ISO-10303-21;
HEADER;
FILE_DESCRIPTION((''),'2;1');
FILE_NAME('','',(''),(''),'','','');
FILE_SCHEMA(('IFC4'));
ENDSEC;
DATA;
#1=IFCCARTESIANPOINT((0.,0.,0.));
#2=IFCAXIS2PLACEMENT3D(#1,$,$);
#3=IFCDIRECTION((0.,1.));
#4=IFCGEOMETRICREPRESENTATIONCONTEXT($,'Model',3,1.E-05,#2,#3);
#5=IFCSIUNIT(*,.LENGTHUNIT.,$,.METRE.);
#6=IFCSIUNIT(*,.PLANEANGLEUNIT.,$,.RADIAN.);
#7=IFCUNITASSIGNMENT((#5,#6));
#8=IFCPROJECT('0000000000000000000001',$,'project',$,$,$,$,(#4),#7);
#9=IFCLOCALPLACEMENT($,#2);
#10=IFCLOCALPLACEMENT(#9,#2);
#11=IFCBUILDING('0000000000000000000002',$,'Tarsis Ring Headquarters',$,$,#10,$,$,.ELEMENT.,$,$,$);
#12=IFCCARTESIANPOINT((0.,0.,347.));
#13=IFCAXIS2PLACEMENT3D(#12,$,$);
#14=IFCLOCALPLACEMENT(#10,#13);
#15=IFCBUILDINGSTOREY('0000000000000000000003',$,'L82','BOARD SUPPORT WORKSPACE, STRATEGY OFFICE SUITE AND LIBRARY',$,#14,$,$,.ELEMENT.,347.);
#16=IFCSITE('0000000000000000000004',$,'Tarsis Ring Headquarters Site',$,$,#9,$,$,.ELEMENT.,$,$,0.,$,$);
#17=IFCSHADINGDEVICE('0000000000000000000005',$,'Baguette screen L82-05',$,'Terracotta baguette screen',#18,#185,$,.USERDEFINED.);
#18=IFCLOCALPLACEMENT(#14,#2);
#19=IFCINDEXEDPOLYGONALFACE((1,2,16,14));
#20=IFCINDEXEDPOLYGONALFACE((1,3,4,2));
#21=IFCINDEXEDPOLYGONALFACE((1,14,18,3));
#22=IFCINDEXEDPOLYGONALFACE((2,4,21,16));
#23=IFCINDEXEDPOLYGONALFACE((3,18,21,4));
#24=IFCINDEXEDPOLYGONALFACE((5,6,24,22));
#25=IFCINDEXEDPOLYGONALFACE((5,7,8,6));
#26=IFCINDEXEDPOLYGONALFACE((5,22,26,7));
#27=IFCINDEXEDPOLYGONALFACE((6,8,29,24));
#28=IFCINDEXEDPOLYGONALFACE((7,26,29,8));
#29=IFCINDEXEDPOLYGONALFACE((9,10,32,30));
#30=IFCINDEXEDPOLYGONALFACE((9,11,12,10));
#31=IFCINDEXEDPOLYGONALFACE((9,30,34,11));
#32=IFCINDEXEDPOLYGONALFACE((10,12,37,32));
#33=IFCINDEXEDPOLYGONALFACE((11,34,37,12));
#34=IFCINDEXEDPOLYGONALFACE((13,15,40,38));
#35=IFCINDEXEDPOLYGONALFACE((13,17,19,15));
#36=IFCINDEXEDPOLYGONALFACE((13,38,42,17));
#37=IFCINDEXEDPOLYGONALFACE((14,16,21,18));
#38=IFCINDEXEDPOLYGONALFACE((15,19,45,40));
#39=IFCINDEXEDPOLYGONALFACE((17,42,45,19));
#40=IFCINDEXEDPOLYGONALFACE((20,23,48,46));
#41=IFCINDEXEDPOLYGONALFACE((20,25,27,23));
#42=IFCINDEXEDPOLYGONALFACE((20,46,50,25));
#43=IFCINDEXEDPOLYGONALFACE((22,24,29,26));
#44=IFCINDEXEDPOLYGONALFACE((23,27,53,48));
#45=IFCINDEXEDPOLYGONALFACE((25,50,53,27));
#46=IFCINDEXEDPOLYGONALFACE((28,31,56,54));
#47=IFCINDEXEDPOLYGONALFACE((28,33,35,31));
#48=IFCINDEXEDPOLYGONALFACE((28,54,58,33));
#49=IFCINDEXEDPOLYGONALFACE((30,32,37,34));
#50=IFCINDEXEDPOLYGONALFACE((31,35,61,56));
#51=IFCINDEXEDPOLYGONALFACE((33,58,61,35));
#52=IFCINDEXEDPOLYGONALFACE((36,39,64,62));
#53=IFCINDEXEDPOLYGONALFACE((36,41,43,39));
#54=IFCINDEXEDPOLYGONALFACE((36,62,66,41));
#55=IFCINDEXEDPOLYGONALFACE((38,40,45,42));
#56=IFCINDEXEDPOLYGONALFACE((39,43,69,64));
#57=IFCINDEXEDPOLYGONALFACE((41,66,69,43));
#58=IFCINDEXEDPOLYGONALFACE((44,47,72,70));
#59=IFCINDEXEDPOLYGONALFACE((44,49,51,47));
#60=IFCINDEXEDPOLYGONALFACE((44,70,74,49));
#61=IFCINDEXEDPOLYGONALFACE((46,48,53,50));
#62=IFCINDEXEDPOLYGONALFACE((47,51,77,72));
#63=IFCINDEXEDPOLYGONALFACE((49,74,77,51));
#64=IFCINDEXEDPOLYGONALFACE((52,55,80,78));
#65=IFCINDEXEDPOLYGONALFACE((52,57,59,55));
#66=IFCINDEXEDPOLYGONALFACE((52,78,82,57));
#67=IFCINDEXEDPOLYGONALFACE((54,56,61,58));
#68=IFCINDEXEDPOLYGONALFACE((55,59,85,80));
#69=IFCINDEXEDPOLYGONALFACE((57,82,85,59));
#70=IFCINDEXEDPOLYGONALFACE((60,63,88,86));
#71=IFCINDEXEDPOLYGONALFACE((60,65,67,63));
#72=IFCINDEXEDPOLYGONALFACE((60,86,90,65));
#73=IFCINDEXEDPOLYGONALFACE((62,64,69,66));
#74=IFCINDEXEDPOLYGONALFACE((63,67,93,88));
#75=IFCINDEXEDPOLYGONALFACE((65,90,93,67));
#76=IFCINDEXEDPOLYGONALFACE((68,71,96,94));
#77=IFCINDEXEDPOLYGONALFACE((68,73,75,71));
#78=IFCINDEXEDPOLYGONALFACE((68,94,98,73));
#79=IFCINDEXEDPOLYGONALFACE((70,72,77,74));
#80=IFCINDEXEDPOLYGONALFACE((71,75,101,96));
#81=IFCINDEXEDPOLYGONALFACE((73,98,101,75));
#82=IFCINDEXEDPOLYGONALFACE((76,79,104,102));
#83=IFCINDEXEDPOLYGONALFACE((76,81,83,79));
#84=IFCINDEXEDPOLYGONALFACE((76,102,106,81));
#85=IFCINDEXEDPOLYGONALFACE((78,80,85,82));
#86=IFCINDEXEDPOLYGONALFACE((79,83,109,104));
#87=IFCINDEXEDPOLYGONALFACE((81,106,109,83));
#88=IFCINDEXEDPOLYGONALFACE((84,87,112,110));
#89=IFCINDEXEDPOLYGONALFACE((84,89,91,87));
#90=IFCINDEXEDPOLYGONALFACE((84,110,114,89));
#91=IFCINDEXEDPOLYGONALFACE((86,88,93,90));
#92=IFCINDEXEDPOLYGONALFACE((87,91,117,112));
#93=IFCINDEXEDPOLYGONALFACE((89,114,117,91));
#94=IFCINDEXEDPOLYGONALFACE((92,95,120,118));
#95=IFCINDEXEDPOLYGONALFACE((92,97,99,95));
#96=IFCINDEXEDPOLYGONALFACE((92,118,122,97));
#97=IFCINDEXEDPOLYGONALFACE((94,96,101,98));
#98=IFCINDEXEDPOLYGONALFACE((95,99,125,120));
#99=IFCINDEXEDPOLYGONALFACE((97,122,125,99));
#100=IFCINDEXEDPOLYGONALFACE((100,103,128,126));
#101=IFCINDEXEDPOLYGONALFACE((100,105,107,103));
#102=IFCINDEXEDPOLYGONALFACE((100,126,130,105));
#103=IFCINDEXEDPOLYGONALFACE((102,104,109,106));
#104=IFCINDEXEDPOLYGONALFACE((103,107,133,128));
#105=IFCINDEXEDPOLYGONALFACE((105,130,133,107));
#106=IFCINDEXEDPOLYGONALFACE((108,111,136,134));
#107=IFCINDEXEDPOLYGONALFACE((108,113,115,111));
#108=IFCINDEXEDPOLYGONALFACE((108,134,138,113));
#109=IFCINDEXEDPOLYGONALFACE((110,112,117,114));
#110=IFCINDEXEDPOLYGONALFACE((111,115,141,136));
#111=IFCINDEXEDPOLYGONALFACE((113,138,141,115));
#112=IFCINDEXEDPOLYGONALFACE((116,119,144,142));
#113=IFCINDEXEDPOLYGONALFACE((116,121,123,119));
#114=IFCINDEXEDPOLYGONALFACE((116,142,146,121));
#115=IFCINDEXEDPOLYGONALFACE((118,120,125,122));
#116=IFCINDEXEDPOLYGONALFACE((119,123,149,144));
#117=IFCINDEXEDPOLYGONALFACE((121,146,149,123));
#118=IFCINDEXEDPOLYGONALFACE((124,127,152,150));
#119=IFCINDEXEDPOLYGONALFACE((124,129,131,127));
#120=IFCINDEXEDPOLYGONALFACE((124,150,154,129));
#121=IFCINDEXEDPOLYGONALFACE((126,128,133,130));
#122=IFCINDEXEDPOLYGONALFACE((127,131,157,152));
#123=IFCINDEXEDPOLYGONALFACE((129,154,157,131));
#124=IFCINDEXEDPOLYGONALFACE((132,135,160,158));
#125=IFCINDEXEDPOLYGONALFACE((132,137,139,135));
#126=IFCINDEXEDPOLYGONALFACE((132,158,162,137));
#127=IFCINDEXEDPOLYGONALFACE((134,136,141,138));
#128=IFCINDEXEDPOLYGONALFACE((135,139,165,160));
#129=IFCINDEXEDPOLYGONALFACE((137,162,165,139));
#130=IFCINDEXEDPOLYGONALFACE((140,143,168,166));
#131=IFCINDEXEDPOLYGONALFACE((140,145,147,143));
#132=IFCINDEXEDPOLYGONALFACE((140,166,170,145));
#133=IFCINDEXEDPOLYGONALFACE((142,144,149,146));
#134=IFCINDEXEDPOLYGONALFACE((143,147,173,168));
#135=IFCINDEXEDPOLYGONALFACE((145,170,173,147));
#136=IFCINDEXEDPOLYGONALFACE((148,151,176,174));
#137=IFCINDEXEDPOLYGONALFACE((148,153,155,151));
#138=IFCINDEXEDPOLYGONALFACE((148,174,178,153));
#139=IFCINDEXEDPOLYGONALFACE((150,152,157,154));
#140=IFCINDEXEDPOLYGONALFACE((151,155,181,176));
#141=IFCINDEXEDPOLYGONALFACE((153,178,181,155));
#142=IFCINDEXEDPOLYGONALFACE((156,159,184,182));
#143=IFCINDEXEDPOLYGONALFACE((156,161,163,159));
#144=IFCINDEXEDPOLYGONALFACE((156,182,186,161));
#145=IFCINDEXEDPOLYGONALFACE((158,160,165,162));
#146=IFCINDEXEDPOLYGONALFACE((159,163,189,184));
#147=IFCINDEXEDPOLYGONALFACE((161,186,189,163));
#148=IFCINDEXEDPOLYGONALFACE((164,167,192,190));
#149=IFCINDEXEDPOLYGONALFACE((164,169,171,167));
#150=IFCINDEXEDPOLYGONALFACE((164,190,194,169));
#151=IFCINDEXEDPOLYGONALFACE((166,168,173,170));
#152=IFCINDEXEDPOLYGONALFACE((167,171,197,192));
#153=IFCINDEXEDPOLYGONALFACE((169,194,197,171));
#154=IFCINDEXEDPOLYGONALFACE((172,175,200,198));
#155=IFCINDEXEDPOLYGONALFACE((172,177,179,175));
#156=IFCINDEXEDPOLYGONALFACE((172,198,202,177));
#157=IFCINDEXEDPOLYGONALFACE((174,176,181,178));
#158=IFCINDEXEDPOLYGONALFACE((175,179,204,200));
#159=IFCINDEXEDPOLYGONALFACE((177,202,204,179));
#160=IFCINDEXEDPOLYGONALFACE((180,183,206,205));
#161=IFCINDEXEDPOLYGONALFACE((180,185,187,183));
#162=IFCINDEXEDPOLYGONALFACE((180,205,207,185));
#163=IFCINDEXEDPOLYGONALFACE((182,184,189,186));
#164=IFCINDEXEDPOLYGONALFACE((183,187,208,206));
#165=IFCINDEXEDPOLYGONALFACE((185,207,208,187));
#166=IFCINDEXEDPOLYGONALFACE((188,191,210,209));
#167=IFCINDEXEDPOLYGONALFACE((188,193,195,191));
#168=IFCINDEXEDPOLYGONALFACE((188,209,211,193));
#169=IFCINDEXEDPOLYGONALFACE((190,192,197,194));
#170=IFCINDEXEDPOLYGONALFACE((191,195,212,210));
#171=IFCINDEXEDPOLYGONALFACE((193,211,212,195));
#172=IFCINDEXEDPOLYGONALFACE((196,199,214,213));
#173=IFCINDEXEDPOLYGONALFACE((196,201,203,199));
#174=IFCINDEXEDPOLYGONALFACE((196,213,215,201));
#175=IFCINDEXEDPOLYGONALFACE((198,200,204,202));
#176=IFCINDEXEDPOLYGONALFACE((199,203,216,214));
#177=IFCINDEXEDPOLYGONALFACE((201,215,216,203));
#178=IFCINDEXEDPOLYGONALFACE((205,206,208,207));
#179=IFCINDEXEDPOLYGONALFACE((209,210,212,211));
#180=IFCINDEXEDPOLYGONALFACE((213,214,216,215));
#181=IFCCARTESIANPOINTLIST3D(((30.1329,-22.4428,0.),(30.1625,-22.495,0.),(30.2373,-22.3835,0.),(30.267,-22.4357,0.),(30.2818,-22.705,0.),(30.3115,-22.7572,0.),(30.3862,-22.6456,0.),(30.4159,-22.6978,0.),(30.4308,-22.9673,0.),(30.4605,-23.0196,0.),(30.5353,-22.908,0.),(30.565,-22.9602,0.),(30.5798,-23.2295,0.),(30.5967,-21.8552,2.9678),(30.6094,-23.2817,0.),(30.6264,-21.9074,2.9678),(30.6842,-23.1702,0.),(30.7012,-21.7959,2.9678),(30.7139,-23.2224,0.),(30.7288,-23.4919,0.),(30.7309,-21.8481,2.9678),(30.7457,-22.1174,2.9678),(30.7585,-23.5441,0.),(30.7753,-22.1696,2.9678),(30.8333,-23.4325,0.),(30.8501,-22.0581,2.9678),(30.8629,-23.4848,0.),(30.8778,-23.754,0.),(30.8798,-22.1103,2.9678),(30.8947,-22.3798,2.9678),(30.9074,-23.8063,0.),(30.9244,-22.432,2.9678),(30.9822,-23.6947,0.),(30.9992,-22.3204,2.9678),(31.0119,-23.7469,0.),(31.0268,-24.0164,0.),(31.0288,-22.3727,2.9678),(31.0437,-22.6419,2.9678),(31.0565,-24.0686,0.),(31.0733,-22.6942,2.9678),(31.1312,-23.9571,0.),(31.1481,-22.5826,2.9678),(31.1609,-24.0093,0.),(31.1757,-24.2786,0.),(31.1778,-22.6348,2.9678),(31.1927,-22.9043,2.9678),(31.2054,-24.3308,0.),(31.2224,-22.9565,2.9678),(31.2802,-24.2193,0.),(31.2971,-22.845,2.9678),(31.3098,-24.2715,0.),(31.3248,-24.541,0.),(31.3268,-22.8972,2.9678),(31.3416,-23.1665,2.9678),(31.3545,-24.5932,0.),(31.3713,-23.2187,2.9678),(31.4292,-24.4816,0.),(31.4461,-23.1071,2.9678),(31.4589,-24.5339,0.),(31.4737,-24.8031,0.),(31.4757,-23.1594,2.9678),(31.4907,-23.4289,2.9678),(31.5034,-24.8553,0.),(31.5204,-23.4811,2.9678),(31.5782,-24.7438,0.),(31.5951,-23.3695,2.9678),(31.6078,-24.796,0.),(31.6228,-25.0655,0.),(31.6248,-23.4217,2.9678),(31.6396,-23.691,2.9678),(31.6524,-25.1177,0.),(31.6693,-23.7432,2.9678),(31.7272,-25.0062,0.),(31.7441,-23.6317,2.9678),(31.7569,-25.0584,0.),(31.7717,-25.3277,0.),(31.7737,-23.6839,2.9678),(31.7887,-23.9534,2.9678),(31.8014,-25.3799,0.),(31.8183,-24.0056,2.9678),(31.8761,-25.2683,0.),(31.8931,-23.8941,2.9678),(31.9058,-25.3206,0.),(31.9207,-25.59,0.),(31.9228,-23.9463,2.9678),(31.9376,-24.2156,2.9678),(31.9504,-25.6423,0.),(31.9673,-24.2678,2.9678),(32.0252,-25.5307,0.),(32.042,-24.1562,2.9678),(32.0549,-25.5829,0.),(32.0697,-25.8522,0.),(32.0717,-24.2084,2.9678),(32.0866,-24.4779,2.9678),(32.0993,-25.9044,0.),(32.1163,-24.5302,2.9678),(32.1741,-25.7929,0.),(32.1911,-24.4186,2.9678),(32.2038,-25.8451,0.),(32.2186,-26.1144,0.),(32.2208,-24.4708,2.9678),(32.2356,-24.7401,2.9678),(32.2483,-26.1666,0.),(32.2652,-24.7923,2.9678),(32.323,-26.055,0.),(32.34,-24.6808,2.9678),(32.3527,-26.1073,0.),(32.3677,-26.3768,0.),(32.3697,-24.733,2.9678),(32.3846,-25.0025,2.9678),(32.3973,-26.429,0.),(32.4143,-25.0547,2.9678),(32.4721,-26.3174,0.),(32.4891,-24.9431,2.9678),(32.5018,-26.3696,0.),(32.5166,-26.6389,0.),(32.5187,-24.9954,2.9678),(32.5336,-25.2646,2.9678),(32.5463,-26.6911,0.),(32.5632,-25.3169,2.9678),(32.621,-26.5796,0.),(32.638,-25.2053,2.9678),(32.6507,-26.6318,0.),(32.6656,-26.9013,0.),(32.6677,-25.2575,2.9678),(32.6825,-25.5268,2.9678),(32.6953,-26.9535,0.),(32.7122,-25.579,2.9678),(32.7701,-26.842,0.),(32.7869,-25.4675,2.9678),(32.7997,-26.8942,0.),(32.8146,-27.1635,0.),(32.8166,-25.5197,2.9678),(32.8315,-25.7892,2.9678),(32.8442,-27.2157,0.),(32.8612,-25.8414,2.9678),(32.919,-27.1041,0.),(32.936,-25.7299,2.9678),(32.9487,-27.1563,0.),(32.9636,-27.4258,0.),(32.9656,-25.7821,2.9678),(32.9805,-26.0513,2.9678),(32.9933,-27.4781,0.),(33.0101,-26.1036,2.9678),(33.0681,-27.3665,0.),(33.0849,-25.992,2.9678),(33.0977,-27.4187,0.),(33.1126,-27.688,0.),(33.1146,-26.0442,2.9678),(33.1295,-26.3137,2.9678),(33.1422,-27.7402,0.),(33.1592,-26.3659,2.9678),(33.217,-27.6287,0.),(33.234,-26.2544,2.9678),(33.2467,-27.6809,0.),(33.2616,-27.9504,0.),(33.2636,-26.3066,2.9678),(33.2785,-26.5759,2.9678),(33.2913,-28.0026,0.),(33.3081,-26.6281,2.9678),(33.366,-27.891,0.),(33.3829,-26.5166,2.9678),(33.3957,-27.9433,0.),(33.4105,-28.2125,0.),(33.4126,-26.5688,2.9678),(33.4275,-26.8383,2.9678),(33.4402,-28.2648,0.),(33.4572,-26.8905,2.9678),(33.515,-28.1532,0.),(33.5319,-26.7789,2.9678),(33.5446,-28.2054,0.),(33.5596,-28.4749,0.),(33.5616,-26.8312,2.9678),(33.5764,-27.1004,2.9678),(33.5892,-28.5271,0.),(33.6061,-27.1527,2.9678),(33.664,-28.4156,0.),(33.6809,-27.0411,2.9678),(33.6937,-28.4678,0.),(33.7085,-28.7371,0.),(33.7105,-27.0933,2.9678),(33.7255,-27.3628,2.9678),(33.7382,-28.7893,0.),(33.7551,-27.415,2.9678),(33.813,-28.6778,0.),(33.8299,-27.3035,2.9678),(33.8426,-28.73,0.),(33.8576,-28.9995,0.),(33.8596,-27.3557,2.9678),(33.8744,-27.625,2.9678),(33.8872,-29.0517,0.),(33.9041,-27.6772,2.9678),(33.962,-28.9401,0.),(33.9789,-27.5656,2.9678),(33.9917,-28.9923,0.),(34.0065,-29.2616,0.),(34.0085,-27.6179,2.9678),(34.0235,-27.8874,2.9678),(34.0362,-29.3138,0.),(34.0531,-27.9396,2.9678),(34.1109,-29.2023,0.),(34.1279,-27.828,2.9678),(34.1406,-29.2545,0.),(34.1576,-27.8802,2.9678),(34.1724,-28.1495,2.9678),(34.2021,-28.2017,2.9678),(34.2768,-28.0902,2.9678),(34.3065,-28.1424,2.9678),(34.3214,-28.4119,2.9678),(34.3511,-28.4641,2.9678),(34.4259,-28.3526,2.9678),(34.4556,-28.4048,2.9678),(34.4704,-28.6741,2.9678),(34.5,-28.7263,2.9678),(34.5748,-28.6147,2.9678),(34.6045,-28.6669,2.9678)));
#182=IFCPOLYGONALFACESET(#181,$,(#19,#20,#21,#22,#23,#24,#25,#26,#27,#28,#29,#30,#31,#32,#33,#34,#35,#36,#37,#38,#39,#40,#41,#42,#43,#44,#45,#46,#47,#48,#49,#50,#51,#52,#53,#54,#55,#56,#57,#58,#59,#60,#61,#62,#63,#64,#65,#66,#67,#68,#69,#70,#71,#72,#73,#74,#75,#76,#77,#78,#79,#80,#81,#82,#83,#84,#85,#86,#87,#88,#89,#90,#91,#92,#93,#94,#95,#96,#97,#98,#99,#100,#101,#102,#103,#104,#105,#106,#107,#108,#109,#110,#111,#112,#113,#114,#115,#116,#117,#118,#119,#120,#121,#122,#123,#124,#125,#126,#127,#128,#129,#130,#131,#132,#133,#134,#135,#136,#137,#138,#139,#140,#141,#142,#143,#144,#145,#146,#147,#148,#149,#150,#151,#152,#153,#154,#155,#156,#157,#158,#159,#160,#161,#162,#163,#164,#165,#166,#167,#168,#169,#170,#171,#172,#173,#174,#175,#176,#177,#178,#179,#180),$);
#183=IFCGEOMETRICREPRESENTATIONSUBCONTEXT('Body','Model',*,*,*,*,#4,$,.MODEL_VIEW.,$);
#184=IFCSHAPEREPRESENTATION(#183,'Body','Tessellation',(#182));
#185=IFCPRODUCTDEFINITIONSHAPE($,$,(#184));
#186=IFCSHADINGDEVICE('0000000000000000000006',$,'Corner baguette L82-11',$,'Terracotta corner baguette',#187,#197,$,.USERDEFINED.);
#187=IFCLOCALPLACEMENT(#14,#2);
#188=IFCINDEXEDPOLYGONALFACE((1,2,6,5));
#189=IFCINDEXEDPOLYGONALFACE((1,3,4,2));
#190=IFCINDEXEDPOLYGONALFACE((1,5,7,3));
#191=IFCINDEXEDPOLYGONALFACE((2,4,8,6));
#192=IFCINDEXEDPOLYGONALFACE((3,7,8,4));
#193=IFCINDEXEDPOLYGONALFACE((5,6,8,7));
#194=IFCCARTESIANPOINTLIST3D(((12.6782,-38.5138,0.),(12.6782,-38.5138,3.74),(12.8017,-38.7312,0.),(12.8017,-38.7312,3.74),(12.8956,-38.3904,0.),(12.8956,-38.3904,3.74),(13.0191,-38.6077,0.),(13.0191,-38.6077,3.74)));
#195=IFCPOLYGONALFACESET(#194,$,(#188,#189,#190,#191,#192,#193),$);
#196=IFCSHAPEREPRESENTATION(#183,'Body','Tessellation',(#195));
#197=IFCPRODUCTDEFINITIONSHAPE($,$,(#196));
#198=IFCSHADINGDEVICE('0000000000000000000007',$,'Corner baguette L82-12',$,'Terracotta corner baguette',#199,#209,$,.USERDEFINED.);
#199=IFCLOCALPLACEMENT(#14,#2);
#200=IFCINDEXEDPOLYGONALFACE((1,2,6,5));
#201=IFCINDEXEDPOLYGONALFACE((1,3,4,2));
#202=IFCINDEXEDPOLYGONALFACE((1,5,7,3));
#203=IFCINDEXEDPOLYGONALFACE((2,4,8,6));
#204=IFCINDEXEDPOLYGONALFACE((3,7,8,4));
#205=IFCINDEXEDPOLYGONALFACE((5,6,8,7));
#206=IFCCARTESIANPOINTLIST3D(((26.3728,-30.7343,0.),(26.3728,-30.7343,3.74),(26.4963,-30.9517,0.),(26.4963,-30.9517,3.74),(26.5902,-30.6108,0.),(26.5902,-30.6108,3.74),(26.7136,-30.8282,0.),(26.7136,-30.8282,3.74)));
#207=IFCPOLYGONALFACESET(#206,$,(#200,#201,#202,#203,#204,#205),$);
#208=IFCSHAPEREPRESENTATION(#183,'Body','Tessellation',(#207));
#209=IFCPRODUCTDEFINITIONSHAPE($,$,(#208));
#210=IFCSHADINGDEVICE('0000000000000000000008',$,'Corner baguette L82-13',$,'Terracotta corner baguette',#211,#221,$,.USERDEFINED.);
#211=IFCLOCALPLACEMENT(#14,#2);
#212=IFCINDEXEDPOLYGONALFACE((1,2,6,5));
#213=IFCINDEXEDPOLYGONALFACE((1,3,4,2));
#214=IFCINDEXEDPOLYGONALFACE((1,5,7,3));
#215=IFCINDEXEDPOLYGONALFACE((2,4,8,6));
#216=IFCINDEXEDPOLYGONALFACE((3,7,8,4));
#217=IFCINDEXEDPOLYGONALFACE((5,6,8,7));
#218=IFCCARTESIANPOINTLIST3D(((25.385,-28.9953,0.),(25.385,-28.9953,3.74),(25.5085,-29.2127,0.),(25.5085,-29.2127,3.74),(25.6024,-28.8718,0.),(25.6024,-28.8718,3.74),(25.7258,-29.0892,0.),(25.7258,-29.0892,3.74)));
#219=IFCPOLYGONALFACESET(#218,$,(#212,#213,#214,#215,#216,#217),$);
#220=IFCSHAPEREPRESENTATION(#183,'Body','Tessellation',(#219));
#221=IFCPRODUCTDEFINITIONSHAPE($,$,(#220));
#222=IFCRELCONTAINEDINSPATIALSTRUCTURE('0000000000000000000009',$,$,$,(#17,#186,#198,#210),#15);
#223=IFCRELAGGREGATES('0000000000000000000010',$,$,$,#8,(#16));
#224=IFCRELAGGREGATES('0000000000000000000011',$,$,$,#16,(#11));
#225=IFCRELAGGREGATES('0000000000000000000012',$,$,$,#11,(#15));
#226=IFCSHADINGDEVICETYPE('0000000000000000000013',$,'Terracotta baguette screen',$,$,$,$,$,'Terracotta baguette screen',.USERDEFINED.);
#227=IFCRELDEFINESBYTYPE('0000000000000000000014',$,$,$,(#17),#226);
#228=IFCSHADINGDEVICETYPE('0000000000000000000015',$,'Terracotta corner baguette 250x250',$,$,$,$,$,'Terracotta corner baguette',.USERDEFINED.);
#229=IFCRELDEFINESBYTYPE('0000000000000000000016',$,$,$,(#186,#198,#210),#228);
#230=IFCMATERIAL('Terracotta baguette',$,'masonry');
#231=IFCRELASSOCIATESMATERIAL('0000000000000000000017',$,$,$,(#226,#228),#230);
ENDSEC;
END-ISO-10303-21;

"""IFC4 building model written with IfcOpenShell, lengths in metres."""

from ifc_helpers import new_model, si_unit, direction, frame, frame_2d, origin, origin_2d, place, context, subcontext, project, spatial, rectangle, composite_profile, extrude, material, type_object, element, save


model = new_model("IFC4")

# Units and contexts
model_context = context("Model", 3, precision=1e-05, world=origin(), true_north=direction((0.0, 1.0)))
body_context = subcontext(model_context, "Body", "Model", "MODEL_VIEW")
ifc_project = project(units=[si_unit("LENGTHUNIT", "METRE"), si_unit("PLANEANGLEUNIT", "RADIAN")], contexts=[model_context])

# Site, building, storey
site_placement = place(None, origin())
site = spatial("IfcSite", under=ifc_project, at=site_placement, Name="Tarsis Ring Headquarters Site", CompositionType="ELEMENT", RefElevation=0.0)
building_placement = place(site_placement, origin())
building = spatial("IfcBuilding", under=site, at=building_placement, Name="Tarsis Ring Headquarters", CompositionType="ELEMENT")
storey_placement = place(building_placement, frame((0.0, 0.0, 347.0)))
storey = spatial("IfcBuildingStorey", under=building, at=storey_placement, Name="L82", Description="BOARD SUPPORT WORKSPACE, STRATEGY OFFICE SUITE AND LIBRARY", CompositionType="ELEMENT", Elevation=347.0)

# Shading devices
ifc_material_1 = material(Name="Terracotta baguette", Category="masonry")
shading_device_type_1 = type_object("IfcShadingDeviceType", Name="Terracotta baguette screen", ElementType="Terracotta baguette screen", PredefinedType="USERDEFINED", material=ifc_material_1)
shading_device_1_placement = place(storey_placement, frame((34.0884, -29.2842, 0.0), z_axis=(0.0, 0.0, 1.0), x_axis=(-0.493945, 0.869501, 0.0)))
element("IfcShadingDevice", 1, at=shading_device_1_placement, inside=storey, type_object=shading_device_type_1, Name="Baguette screen L82-05", ObjectType="Terracotta baguette screen", PredefinedType="USERDEFINED", context=body_context, shape_type="SweptSolid", body=[
    extrude(composite_profile([rectangle(XDim=0.0601, YDim=0.1201, at=frame_2d((0.03, 0.0))), rectangle(XDim=0.0601, YDim=0.1201, at=frame_2d((0.3315, 0.0))), rectangle(XDim=0.0601, YDim=0.1201, at=frame_2d((0.6333, 0.0))), rectangle(XDim=0.0601, YDim=0.1201, at=frame_2d((0.9348, 0.0))), rectangle(XDim=0.0601, YDim=0.1201, at=frame_2d((1.2366, 0.0))), rectangle(XDim=0.0601, YDim=0.1201, at=frame_2d((1.5381, 0.0))), rectangle(XDim=0.0601, YDim=0.1201, at=frame_2d((1.8398, 0.0))), rectangle(XDim=0.0601, YDim=0.1201, at=frame_2d((2.1414, 0.0))), rectangle(XDim=0.0601, YDim=0.1201, at=frame_2d((2.4431, 0.0))), rectangle(XDim=0.0601, YDim=0.1201, at=frame_2d((2.7446, 0.0))), rectangle(XDim=0.0601, YDim=0.1201, at=frame_2d((3.0464, 0.0))), rectangle(XDim=0.0601, YDim=0.1201, at=frame_2d((3.3479, 0.0))), rectangle(XDim=0.0601, YDim=0.1201, at=frame_2d((3.6497, 0.0))), rectangle(XDim=0.0601, YDim=0.1201, at=frame_2d((3.9512, 0.0))), rectangle(XDim=0.0601, YDim=0.1201, at=frame_2d((4.2527, 0.0))), rectangle(XDim=0.0601, YDim=0.1201, at=frame_2d((4.5544, 0.0))), rectangle(XDim=0.0601, YDim=0.1201, at=frame_2d((4.856, 0.0))), rectangle(XDim=0.0601, YDim=0.1201, at=frame_2d((5.1577, 0.0))), rectangle(XDim=0.0601, YDim=0.1201, at=frame_2d((5.4592, 0.0))), rectangle(XDim=0.0601, YDim=0.1201, at=frame_2d((5.761, 0.0))), rectangle(XDim=0.0601, YDim=0.1201, at=frame_2d((6.0625, 0.0))), rectangle(XDim=0.0601, YDim=0.1201, at=frame_2d((6.3643, 0.0))), rectangle(XDim=0.0601, YDim=0.1201, at=frame_2d((6.6658, 0.0))), rectangle(XDim=0.0601, YDim=0.1201, at=frame_2d((6.9675, 0.0))), rectangle(XDim=0.0601, YDim=0.1201, at=frame_2d((7.269, 0.0))), rectangle(XDim=0.0601, YDim=0.1201, at=frame_2d((7.5708, 0.0))), rectangle(XDim=0.0601, YDim=0.1201, at=frame_2d((7.8723, 0.0)))]), origin(), (0.092054, -0.226597, 0.969629), 3.0608),
])
shading_device_type_2 = type_object("IfcShadingDeviceType", Name="Terracotta corner baguette 250x250", ElementType="Terracotta corner baguette", PredefinedType="USERDEFINED", material=ifc_material_1)
for number, where, z_axis, x_axis, name in (
    (2, (12.8486, -38.5608, 0.0), (0.0, 0.0, 1.0), (0.493942, -0.869495, 0.0), "Corner baguette L82-11"),
    (3, (26.5432, -30.7812, 0.0), (0.0, 0.0, 1.0), (0.869495, 0.493942, 0.0), "Corner baguette L82-12"),
    (4, (25.5554, -29.0422, 0.0), (0.0, 0.0, 1.0), (-0.493942, 0.869495, 0.0), "Corner baguette L82-13"),
):
    element("IfcShadingDevice", number, at=place(storey_placement, frame(where, z_axis=z_axis, x_axis=x_axis)), inside=storey, type_object=shading_device_type_2, Name=name, ObjectType="Terracotta corner baguette", PredefinedType="USERDEFINED", context=body_context, shape_type="SweptSolid", body=[
        extrude(rectangle(XDim=0.25, YDim=0.25, at=origin_2d()), origin(), (0.0, 0.0, 1.0), 3.74),
    ])

save(model, "model.ifc")
